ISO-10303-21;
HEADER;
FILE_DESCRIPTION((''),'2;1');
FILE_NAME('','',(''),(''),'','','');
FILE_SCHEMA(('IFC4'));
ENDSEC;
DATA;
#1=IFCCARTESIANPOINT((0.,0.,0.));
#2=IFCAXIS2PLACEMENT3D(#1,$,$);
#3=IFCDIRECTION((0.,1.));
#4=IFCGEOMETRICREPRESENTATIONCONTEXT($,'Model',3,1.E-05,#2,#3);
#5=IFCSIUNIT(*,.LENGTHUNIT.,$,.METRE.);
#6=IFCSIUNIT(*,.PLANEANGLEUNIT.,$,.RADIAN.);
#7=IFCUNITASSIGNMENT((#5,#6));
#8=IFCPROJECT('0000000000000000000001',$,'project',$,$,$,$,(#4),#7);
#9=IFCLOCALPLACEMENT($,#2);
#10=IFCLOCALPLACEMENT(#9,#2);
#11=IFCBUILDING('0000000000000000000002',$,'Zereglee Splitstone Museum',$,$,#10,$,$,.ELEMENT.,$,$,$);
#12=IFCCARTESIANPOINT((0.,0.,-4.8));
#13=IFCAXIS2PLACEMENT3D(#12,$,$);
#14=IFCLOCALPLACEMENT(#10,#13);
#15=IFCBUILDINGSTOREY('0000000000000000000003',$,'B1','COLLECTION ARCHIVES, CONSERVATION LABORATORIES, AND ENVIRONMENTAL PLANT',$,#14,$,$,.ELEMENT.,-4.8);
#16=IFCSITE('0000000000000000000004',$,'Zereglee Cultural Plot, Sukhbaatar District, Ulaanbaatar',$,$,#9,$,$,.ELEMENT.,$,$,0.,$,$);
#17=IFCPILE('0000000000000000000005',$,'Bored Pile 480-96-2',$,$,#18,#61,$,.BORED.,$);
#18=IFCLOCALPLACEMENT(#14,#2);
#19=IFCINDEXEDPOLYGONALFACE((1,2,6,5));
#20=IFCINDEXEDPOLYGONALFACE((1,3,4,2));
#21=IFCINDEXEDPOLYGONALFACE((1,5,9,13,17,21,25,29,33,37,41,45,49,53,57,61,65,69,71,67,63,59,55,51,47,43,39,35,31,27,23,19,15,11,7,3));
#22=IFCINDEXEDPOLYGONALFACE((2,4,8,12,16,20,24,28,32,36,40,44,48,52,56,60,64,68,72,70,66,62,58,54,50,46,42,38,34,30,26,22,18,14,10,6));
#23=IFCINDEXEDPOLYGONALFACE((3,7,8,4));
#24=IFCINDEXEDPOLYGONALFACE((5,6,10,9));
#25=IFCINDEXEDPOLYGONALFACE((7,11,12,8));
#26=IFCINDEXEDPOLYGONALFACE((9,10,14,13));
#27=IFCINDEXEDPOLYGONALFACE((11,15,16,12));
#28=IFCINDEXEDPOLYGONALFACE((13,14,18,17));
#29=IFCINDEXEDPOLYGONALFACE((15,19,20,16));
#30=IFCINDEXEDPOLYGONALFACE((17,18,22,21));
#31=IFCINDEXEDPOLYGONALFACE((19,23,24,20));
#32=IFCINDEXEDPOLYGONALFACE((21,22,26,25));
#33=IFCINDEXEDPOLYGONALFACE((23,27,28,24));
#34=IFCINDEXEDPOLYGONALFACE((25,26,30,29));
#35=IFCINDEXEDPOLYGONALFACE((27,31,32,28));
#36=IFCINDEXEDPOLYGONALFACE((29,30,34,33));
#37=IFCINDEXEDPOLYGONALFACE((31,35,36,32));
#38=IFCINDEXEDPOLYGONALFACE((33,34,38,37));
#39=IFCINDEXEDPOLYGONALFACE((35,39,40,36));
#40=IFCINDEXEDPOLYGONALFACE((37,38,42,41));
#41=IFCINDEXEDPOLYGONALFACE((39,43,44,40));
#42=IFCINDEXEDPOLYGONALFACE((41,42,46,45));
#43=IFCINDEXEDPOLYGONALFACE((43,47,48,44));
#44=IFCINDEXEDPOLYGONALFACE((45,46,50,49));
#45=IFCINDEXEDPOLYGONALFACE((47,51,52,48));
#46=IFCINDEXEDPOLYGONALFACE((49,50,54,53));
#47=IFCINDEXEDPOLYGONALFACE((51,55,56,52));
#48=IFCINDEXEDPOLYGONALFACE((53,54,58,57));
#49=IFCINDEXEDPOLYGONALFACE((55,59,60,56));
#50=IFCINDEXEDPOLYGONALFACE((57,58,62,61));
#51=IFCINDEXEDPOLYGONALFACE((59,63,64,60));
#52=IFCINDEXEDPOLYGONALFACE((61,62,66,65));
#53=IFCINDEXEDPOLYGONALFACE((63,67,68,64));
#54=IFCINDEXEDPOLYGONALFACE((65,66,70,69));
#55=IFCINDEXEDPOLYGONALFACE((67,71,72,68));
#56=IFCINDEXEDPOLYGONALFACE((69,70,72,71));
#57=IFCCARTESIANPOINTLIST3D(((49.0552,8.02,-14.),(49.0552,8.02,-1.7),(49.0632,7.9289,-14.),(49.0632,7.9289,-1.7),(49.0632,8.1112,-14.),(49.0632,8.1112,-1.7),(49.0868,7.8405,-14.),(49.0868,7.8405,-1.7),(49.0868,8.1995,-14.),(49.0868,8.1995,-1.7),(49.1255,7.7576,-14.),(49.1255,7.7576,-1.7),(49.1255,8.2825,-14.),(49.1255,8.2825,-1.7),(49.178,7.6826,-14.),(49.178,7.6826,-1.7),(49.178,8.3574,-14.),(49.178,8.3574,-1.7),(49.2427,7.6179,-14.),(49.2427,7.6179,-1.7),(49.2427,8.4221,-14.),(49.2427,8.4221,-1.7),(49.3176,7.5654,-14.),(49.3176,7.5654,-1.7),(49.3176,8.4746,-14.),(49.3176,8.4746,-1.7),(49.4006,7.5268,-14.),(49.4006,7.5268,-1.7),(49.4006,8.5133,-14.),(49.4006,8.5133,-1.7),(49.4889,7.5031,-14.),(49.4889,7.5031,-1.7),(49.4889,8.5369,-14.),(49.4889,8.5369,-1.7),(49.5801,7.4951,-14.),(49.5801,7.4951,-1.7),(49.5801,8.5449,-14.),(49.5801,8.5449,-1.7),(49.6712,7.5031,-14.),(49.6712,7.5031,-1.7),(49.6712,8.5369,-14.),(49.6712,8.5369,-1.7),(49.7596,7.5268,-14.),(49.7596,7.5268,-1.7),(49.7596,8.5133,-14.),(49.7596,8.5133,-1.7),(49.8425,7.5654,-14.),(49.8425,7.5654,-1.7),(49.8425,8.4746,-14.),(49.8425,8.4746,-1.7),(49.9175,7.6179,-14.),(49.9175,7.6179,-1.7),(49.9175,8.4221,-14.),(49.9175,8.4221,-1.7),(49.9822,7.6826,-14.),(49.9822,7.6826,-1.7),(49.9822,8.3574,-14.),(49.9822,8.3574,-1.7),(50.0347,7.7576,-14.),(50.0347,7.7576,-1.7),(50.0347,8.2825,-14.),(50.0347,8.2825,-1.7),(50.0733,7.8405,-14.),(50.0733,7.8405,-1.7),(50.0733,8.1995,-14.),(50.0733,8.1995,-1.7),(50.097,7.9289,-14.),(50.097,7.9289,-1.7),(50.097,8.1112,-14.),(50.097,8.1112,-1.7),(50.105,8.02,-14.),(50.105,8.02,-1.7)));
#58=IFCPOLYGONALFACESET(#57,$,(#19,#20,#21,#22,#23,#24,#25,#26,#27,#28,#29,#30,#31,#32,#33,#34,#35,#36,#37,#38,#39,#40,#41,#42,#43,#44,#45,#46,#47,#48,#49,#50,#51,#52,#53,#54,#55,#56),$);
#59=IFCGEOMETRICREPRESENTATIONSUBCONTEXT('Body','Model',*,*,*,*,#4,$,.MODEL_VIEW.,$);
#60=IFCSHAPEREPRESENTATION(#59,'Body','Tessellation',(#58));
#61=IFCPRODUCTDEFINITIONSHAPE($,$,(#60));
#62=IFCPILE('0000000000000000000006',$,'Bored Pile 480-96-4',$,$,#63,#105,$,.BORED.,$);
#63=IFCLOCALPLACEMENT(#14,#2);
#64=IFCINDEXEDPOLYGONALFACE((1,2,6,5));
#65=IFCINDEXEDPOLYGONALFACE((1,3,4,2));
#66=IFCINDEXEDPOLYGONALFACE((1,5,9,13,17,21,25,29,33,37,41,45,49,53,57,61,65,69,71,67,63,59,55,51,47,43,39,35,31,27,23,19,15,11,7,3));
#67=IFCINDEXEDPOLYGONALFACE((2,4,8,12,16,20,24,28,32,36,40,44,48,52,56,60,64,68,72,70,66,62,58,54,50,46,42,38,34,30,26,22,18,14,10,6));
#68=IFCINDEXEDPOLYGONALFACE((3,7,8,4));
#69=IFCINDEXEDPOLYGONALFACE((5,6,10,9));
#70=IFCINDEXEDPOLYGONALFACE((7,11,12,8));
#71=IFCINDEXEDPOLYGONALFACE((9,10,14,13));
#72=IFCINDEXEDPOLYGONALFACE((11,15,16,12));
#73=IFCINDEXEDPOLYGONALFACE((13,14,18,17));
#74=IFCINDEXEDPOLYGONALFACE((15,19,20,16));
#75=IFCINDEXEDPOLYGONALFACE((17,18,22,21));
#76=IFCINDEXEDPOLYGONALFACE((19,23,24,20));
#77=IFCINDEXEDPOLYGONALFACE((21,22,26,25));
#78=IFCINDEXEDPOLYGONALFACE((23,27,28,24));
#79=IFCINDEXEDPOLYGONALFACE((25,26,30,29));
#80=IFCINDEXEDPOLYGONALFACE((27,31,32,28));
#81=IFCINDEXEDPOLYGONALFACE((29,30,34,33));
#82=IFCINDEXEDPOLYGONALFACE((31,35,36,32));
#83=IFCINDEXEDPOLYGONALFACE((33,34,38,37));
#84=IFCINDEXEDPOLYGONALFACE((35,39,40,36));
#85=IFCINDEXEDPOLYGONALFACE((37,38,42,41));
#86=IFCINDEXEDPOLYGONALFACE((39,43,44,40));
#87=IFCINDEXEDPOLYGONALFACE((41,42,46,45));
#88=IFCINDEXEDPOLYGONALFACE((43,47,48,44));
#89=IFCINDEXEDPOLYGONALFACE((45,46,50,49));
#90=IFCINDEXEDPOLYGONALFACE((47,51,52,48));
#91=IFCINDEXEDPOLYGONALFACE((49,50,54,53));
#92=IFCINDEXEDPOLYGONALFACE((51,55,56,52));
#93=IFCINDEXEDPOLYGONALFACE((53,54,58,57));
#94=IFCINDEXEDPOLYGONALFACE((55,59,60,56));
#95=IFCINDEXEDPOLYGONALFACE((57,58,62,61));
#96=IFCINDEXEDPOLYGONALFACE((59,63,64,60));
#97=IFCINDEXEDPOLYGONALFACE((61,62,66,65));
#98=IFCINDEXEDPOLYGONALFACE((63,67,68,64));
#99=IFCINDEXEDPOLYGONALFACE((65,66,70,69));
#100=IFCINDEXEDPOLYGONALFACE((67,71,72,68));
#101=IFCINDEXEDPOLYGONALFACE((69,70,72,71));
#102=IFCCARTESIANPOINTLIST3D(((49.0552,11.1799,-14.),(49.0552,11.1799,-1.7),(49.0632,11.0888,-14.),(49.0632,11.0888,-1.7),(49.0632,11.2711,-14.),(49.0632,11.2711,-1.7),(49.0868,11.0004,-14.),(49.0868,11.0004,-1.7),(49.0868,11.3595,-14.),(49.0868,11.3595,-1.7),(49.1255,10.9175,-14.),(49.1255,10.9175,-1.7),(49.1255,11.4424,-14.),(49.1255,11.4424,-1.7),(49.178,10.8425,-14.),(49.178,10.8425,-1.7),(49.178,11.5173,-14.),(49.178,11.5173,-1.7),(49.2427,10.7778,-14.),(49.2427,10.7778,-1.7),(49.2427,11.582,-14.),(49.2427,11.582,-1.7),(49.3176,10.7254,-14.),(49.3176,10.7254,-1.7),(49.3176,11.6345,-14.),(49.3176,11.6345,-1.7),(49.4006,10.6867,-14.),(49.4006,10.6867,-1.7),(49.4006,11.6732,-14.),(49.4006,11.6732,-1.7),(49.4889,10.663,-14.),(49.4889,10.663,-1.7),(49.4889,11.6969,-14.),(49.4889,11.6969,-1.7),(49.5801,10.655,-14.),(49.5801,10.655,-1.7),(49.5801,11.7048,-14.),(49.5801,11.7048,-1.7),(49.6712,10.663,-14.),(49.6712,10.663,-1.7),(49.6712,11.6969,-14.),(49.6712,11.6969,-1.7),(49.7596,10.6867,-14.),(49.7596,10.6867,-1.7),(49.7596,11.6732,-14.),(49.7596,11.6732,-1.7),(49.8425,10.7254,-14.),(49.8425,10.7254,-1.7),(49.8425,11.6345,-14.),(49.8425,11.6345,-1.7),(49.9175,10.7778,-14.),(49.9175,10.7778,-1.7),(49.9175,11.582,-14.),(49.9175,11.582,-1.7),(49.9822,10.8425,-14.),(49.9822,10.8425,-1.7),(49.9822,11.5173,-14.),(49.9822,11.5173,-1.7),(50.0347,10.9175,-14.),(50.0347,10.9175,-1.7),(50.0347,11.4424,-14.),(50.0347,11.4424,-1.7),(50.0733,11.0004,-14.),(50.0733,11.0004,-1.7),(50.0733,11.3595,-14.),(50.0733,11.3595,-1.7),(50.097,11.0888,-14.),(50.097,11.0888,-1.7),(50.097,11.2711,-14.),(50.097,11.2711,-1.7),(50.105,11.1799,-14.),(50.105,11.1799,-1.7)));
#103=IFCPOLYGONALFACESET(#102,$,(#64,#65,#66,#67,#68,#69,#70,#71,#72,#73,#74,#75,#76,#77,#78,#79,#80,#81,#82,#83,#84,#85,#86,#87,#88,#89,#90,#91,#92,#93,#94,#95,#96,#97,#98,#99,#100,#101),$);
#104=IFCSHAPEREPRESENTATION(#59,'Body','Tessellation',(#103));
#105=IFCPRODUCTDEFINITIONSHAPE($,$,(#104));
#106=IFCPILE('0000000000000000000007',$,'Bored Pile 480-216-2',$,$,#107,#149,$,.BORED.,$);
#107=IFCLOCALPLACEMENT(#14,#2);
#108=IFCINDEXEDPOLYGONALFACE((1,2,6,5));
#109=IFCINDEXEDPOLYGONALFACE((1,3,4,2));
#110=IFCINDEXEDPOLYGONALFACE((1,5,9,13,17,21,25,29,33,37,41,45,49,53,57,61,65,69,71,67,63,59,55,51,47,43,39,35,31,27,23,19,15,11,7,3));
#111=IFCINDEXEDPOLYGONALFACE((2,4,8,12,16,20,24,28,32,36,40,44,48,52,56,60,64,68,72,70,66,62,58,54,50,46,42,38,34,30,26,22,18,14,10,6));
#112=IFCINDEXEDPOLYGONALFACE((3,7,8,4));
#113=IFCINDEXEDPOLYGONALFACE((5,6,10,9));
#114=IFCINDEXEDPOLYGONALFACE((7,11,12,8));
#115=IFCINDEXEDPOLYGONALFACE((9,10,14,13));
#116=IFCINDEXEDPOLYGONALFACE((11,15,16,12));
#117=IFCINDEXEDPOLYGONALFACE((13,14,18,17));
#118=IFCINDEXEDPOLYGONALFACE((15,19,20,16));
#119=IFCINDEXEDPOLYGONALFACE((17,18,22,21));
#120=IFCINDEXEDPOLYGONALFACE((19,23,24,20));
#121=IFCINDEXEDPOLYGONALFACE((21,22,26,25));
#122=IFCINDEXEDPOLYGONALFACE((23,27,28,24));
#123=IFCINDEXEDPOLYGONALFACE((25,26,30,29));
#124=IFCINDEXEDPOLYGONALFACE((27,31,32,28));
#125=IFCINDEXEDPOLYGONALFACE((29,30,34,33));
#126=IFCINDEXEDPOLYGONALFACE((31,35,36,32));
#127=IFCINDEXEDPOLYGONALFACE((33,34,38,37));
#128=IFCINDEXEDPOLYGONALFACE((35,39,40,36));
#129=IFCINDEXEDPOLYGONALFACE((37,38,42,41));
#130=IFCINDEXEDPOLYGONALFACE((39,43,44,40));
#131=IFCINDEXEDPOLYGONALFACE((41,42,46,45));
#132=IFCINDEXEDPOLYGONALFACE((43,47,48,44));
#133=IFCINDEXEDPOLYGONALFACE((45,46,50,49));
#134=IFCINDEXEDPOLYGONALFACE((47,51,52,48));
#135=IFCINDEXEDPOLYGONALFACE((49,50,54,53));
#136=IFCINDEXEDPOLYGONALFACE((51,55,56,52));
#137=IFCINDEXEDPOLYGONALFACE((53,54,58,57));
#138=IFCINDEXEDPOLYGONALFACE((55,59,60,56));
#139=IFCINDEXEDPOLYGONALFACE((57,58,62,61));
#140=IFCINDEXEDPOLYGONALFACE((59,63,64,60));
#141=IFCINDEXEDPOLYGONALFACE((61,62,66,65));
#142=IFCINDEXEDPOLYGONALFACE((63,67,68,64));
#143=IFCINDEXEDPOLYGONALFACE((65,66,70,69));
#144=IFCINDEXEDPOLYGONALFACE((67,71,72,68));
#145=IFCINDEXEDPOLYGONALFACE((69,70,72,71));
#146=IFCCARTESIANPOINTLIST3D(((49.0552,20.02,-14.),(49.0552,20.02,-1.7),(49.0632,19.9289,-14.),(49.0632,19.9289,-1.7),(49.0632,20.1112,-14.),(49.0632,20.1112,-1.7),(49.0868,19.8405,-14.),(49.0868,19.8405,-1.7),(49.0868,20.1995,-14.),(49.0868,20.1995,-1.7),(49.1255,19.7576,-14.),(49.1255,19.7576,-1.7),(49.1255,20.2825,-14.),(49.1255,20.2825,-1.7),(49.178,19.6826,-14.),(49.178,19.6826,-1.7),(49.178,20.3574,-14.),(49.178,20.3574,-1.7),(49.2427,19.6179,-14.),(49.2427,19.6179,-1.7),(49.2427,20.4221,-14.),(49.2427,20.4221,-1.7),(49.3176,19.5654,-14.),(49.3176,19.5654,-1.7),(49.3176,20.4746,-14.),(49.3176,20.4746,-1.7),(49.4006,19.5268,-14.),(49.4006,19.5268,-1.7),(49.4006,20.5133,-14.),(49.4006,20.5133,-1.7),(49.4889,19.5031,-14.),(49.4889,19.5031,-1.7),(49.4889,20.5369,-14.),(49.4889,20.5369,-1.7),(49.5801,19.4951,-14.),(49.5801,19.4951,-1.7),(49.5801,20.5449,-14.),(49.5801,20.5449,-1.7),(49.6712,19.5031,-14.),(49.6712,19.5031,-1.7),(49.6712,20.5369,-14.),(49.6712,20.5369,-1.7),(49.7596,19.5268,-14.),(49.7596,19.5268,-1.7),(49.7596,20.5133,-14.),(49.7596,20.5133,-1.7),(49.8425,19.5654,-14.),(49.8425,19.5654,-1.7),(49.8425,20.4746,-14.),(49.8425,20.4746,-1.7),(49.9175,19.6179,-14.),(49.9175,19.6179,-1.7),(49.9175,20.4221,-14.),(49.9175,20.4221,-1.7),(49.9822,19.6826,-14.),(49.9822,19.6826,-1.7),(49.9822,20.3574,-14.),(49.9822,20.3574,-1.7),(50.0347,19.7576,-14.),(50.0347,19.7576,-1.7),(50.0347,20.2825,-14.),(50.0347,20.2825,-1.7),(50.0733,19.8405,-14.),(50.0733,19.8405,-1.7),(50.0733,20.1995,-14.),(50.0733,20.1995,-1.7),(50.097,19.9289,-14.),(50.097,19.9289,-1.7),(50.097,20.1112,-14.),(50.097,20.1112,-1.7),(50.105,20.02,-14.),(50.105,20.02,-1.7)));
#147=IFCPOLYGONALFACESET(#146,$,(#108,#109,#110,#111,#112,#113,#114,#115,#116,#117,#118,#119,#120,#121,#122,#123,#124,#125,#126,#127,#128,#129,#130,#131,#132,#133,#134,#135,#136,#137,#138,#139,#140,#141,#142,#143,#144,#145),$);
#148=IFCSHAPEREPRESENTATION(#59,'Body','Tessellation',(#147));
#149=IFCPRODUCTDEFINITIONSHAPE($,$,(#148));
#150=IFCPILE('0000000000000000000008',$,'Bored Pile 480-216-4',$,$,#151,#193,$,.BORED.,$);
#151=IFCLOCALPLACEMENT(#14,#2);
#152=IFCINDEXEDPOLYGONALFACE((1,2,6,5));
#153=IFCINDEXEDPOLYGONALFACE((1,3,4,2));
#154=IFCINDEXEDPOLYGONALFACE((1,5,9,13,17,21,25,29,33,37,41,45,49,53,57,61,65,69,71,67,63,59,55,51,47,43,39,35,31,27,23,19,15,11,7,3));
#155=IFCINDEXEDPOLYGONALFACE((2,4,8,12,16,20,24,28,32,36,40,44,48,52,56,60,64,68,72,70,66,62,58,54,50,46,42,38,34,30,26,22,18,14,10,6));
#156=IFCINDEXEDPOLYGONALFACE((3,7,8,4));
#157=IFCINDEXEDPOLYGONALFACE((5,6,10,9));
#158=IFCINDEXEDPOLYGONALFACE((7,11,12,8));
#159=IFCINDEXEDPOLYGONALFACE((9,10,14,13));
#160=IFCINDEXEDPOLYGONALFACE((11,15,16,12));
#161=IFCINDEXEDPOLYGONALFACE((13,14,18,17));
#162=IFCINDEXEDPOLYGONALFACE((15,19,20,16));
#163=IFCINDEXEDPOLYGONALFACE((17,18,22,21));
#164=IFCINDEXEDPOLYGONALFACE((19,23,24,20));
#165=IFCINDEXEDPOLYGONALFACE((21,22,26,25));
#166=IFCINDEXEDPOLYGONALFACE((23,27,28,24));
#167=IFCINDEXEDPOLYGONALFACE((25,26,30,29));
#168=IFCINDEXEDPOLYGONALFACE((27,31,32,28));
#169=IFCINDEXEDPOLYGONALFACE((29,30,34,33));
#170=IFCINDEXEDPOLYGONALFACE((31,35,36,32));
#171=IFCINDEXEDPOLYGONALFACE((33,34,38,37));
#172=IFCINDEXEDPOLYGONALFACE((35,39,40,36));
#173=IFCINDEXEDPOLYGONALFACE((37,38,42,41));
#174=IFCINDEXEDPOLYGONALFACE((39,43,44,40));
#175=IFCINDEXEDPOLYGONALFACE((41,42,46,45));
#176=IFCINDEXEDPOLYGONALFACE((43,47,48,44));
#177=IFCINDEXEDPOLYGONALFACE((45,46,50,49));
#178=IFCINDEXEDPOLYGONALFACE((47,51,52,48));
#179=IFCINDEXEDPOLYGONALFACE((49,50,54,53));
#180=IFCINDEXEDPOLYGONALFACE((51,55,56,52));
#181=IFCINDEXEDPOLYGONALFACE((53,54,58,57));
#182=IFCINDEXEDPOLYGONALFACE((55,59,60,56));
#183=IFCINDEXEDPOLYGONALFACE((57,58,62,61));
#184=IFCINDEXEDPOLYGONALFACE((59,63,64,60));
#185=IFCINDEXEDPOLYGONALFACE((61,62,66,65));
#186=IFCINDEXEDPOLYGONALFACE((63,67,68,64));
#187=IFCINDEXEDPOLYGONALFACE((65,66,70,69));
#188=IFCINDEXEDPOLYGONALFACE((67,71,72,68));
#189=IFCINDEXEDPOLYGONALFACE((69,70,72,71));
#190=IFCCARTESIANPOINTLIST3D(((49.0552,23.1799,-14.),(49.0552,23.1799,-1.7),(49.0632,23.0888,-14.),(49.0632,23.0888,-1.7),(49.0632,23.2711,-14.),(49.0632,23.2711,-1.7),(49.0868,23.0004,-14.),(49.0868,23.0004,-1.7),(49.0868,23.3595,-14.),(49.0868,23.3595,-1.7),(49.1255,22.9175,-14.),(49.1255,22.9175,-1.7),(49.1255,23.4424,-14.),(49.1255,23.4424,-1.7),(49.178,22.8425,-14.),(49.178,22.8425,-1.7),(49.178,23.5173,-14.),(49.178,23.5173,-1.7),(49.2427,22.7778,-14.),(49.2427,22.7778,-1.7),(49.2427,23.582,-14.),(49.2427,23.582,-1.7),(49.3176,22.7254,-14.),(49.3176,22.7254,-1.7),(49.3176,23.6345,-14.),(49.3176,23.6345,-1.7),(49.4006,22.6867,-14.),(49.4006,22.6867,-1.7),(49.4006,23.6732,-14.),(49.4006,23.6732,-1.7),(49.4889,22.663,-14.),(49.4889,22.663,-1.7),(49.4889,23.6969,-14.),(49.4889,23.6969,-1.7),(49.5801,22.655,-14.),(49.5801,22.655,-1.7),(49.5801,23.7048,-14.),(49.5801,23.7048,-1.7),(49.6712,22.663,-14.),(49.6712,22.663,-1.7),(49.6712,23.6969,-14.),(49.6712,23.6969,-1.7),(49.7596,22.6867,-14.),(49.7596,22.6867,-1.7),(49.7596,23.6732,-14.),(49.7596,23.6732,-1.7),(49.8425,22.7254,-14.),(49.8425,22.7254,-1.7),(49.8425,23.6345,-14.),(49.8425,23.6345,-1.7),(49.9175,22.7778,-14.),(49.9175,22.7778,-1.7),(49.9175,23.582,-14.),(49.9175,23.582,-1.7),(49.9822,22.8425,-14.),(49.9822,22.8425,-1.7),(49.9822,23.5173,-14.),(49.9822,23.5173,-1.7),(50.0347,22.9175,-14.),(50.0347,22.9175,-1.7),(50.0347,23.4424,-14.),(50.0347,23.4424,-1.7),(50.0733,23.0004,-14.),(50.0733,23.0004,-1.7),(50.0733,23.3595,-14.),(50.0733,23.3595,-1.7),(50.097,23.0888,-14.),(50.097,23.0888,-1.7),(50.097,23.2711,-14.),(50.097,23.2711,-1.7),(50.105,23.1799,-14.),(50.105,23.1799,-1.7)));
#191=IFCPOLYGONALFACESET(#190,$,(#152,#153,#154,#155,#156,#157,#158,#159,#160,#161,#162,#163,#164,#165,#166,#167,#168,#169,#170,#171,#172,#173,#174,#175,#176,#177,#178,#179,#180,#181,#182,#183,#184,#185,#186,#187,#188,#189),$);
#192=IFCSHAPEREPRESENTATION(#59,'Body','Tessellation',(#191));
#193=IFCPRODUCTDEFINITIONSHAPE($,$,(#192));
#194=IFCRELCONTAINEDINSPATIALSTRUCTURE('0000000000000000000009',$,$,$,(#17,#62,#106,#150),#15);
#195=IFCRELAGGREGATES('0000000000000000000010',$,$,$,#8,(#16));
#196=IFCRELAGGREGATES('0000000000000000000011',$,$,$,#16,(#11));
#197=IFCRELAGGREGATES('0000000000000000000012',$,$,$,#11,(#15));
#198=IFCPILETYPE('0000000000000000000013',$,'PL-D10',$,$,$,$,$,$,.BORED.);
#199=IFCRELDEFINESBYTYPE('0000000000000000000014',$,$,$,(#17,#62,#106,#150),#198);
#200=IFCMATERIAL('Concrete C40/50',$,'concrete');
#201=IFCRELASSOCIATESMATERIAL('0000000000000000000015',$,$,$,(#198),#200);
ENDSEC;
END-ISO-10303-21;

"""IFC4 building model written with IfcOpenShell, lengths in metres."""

from ifc_helpers import new_model, si_unit, direction, frame, origin, origin_2d, place, context, subcontext, project, spatial, circle, extrude, material, material_profile, profile_set, type_object, element, save


model = new_model("IFC4")

# Units and contexts
model_context = context("Model", 3, precision=1e-05, world=origin(), true_north=direction((0.0, 1.0)))
body_context = subcontext(model_context, "Body", "Model", "MODEL_VIEW")
ifc_project = project(units=[si_unit("LENGTHUNIT", "METRE"), si_unit("PLANEANGLEUNIT", "RADIAN")], contexts=[model_context])

# Site, building, storey
site_placement = place(None, origin())
site = spatial("IfcSite", under=ifc_project, at=site_placement, Name="Zereglee Cultural Plot, Sukhbaatar District, Ulaanbaatar", CompositionType="ELEMENT", RefElevation=0.0)
building_placement = place(site_placement, origin())
building = spatial("IfcBuilding", under=site, at=building_placement, Name="Zereglee Splitstone Museum", CompositionType="ELEMENT")
storey_placement = place(building_placement, frame((0.0, 0.0, -4.8)))
storey = spatial("IfcBuildingStorey", under=building, at=storey_placement, Name="B1", Description="COLLECTION ARCHIVES, CONSERVATION LABORATORIES, AND ENVIRONMENTAL PLANT", CompositionType="ELEMENT", Elevation=-4.8)

# Shared definitions
ifc_material_1 = material(Name="Concrete C40/50", Category="concrete")

# Piles
ifc_material_profile_1 = material_profile(ifc_material_1, circle(Radius=0.5249, at=origin_2d()), Name="PILE D1050")
ifc_profile_set_1 = profile_set([ifc_material_profile_1], Name="Concrete C40/50")
pile_type_1 = type_object("IfcPileType", Name="PL-D10", PredefinedType="BORED", material=ifc_profile_set_1)
for number, where, z_axis, x_axis, name in (
    (1, (49.5801, 8.02, -1.7), (0.0, 0.0, -1.0), (1.0, 0.0, 0.0), "Bored Pile 480-96-2"),
    (2, (49.5801, 11.1799, -1.7), (0.0, 0.0, -1.0), (1.0, 0.0, 0.0), "Bored Pile 480-96-4"),
    (3, (49.5801, 20.02, -1.7), (0.0, 0.0, -1.0), (1.0, 0.0, 0.0), "Bored Pile 480-216-2"),
    (4, (49.5801, 23.1799, -1.7), (0.0, 0.0, -1.0), (1.0, 0.0, 0.0), "Bored Pile 480-216-4"),
):
    element("IfcPile", number, at=place(storey_placement, frame(where, z_axis=z_axis, x_axis=x_axis)), inside=storey, type_object=pile_type_1, Name=name, PredefinedType="BORED", context=body_context, shape_type="SweptSolid", body=[
        extrude(circle(Radius=0.5249, at=origin_2d()), origin(), (0.0, 0.0, 1.0), 12.3),
    ])

save(model, "model.ifc")
